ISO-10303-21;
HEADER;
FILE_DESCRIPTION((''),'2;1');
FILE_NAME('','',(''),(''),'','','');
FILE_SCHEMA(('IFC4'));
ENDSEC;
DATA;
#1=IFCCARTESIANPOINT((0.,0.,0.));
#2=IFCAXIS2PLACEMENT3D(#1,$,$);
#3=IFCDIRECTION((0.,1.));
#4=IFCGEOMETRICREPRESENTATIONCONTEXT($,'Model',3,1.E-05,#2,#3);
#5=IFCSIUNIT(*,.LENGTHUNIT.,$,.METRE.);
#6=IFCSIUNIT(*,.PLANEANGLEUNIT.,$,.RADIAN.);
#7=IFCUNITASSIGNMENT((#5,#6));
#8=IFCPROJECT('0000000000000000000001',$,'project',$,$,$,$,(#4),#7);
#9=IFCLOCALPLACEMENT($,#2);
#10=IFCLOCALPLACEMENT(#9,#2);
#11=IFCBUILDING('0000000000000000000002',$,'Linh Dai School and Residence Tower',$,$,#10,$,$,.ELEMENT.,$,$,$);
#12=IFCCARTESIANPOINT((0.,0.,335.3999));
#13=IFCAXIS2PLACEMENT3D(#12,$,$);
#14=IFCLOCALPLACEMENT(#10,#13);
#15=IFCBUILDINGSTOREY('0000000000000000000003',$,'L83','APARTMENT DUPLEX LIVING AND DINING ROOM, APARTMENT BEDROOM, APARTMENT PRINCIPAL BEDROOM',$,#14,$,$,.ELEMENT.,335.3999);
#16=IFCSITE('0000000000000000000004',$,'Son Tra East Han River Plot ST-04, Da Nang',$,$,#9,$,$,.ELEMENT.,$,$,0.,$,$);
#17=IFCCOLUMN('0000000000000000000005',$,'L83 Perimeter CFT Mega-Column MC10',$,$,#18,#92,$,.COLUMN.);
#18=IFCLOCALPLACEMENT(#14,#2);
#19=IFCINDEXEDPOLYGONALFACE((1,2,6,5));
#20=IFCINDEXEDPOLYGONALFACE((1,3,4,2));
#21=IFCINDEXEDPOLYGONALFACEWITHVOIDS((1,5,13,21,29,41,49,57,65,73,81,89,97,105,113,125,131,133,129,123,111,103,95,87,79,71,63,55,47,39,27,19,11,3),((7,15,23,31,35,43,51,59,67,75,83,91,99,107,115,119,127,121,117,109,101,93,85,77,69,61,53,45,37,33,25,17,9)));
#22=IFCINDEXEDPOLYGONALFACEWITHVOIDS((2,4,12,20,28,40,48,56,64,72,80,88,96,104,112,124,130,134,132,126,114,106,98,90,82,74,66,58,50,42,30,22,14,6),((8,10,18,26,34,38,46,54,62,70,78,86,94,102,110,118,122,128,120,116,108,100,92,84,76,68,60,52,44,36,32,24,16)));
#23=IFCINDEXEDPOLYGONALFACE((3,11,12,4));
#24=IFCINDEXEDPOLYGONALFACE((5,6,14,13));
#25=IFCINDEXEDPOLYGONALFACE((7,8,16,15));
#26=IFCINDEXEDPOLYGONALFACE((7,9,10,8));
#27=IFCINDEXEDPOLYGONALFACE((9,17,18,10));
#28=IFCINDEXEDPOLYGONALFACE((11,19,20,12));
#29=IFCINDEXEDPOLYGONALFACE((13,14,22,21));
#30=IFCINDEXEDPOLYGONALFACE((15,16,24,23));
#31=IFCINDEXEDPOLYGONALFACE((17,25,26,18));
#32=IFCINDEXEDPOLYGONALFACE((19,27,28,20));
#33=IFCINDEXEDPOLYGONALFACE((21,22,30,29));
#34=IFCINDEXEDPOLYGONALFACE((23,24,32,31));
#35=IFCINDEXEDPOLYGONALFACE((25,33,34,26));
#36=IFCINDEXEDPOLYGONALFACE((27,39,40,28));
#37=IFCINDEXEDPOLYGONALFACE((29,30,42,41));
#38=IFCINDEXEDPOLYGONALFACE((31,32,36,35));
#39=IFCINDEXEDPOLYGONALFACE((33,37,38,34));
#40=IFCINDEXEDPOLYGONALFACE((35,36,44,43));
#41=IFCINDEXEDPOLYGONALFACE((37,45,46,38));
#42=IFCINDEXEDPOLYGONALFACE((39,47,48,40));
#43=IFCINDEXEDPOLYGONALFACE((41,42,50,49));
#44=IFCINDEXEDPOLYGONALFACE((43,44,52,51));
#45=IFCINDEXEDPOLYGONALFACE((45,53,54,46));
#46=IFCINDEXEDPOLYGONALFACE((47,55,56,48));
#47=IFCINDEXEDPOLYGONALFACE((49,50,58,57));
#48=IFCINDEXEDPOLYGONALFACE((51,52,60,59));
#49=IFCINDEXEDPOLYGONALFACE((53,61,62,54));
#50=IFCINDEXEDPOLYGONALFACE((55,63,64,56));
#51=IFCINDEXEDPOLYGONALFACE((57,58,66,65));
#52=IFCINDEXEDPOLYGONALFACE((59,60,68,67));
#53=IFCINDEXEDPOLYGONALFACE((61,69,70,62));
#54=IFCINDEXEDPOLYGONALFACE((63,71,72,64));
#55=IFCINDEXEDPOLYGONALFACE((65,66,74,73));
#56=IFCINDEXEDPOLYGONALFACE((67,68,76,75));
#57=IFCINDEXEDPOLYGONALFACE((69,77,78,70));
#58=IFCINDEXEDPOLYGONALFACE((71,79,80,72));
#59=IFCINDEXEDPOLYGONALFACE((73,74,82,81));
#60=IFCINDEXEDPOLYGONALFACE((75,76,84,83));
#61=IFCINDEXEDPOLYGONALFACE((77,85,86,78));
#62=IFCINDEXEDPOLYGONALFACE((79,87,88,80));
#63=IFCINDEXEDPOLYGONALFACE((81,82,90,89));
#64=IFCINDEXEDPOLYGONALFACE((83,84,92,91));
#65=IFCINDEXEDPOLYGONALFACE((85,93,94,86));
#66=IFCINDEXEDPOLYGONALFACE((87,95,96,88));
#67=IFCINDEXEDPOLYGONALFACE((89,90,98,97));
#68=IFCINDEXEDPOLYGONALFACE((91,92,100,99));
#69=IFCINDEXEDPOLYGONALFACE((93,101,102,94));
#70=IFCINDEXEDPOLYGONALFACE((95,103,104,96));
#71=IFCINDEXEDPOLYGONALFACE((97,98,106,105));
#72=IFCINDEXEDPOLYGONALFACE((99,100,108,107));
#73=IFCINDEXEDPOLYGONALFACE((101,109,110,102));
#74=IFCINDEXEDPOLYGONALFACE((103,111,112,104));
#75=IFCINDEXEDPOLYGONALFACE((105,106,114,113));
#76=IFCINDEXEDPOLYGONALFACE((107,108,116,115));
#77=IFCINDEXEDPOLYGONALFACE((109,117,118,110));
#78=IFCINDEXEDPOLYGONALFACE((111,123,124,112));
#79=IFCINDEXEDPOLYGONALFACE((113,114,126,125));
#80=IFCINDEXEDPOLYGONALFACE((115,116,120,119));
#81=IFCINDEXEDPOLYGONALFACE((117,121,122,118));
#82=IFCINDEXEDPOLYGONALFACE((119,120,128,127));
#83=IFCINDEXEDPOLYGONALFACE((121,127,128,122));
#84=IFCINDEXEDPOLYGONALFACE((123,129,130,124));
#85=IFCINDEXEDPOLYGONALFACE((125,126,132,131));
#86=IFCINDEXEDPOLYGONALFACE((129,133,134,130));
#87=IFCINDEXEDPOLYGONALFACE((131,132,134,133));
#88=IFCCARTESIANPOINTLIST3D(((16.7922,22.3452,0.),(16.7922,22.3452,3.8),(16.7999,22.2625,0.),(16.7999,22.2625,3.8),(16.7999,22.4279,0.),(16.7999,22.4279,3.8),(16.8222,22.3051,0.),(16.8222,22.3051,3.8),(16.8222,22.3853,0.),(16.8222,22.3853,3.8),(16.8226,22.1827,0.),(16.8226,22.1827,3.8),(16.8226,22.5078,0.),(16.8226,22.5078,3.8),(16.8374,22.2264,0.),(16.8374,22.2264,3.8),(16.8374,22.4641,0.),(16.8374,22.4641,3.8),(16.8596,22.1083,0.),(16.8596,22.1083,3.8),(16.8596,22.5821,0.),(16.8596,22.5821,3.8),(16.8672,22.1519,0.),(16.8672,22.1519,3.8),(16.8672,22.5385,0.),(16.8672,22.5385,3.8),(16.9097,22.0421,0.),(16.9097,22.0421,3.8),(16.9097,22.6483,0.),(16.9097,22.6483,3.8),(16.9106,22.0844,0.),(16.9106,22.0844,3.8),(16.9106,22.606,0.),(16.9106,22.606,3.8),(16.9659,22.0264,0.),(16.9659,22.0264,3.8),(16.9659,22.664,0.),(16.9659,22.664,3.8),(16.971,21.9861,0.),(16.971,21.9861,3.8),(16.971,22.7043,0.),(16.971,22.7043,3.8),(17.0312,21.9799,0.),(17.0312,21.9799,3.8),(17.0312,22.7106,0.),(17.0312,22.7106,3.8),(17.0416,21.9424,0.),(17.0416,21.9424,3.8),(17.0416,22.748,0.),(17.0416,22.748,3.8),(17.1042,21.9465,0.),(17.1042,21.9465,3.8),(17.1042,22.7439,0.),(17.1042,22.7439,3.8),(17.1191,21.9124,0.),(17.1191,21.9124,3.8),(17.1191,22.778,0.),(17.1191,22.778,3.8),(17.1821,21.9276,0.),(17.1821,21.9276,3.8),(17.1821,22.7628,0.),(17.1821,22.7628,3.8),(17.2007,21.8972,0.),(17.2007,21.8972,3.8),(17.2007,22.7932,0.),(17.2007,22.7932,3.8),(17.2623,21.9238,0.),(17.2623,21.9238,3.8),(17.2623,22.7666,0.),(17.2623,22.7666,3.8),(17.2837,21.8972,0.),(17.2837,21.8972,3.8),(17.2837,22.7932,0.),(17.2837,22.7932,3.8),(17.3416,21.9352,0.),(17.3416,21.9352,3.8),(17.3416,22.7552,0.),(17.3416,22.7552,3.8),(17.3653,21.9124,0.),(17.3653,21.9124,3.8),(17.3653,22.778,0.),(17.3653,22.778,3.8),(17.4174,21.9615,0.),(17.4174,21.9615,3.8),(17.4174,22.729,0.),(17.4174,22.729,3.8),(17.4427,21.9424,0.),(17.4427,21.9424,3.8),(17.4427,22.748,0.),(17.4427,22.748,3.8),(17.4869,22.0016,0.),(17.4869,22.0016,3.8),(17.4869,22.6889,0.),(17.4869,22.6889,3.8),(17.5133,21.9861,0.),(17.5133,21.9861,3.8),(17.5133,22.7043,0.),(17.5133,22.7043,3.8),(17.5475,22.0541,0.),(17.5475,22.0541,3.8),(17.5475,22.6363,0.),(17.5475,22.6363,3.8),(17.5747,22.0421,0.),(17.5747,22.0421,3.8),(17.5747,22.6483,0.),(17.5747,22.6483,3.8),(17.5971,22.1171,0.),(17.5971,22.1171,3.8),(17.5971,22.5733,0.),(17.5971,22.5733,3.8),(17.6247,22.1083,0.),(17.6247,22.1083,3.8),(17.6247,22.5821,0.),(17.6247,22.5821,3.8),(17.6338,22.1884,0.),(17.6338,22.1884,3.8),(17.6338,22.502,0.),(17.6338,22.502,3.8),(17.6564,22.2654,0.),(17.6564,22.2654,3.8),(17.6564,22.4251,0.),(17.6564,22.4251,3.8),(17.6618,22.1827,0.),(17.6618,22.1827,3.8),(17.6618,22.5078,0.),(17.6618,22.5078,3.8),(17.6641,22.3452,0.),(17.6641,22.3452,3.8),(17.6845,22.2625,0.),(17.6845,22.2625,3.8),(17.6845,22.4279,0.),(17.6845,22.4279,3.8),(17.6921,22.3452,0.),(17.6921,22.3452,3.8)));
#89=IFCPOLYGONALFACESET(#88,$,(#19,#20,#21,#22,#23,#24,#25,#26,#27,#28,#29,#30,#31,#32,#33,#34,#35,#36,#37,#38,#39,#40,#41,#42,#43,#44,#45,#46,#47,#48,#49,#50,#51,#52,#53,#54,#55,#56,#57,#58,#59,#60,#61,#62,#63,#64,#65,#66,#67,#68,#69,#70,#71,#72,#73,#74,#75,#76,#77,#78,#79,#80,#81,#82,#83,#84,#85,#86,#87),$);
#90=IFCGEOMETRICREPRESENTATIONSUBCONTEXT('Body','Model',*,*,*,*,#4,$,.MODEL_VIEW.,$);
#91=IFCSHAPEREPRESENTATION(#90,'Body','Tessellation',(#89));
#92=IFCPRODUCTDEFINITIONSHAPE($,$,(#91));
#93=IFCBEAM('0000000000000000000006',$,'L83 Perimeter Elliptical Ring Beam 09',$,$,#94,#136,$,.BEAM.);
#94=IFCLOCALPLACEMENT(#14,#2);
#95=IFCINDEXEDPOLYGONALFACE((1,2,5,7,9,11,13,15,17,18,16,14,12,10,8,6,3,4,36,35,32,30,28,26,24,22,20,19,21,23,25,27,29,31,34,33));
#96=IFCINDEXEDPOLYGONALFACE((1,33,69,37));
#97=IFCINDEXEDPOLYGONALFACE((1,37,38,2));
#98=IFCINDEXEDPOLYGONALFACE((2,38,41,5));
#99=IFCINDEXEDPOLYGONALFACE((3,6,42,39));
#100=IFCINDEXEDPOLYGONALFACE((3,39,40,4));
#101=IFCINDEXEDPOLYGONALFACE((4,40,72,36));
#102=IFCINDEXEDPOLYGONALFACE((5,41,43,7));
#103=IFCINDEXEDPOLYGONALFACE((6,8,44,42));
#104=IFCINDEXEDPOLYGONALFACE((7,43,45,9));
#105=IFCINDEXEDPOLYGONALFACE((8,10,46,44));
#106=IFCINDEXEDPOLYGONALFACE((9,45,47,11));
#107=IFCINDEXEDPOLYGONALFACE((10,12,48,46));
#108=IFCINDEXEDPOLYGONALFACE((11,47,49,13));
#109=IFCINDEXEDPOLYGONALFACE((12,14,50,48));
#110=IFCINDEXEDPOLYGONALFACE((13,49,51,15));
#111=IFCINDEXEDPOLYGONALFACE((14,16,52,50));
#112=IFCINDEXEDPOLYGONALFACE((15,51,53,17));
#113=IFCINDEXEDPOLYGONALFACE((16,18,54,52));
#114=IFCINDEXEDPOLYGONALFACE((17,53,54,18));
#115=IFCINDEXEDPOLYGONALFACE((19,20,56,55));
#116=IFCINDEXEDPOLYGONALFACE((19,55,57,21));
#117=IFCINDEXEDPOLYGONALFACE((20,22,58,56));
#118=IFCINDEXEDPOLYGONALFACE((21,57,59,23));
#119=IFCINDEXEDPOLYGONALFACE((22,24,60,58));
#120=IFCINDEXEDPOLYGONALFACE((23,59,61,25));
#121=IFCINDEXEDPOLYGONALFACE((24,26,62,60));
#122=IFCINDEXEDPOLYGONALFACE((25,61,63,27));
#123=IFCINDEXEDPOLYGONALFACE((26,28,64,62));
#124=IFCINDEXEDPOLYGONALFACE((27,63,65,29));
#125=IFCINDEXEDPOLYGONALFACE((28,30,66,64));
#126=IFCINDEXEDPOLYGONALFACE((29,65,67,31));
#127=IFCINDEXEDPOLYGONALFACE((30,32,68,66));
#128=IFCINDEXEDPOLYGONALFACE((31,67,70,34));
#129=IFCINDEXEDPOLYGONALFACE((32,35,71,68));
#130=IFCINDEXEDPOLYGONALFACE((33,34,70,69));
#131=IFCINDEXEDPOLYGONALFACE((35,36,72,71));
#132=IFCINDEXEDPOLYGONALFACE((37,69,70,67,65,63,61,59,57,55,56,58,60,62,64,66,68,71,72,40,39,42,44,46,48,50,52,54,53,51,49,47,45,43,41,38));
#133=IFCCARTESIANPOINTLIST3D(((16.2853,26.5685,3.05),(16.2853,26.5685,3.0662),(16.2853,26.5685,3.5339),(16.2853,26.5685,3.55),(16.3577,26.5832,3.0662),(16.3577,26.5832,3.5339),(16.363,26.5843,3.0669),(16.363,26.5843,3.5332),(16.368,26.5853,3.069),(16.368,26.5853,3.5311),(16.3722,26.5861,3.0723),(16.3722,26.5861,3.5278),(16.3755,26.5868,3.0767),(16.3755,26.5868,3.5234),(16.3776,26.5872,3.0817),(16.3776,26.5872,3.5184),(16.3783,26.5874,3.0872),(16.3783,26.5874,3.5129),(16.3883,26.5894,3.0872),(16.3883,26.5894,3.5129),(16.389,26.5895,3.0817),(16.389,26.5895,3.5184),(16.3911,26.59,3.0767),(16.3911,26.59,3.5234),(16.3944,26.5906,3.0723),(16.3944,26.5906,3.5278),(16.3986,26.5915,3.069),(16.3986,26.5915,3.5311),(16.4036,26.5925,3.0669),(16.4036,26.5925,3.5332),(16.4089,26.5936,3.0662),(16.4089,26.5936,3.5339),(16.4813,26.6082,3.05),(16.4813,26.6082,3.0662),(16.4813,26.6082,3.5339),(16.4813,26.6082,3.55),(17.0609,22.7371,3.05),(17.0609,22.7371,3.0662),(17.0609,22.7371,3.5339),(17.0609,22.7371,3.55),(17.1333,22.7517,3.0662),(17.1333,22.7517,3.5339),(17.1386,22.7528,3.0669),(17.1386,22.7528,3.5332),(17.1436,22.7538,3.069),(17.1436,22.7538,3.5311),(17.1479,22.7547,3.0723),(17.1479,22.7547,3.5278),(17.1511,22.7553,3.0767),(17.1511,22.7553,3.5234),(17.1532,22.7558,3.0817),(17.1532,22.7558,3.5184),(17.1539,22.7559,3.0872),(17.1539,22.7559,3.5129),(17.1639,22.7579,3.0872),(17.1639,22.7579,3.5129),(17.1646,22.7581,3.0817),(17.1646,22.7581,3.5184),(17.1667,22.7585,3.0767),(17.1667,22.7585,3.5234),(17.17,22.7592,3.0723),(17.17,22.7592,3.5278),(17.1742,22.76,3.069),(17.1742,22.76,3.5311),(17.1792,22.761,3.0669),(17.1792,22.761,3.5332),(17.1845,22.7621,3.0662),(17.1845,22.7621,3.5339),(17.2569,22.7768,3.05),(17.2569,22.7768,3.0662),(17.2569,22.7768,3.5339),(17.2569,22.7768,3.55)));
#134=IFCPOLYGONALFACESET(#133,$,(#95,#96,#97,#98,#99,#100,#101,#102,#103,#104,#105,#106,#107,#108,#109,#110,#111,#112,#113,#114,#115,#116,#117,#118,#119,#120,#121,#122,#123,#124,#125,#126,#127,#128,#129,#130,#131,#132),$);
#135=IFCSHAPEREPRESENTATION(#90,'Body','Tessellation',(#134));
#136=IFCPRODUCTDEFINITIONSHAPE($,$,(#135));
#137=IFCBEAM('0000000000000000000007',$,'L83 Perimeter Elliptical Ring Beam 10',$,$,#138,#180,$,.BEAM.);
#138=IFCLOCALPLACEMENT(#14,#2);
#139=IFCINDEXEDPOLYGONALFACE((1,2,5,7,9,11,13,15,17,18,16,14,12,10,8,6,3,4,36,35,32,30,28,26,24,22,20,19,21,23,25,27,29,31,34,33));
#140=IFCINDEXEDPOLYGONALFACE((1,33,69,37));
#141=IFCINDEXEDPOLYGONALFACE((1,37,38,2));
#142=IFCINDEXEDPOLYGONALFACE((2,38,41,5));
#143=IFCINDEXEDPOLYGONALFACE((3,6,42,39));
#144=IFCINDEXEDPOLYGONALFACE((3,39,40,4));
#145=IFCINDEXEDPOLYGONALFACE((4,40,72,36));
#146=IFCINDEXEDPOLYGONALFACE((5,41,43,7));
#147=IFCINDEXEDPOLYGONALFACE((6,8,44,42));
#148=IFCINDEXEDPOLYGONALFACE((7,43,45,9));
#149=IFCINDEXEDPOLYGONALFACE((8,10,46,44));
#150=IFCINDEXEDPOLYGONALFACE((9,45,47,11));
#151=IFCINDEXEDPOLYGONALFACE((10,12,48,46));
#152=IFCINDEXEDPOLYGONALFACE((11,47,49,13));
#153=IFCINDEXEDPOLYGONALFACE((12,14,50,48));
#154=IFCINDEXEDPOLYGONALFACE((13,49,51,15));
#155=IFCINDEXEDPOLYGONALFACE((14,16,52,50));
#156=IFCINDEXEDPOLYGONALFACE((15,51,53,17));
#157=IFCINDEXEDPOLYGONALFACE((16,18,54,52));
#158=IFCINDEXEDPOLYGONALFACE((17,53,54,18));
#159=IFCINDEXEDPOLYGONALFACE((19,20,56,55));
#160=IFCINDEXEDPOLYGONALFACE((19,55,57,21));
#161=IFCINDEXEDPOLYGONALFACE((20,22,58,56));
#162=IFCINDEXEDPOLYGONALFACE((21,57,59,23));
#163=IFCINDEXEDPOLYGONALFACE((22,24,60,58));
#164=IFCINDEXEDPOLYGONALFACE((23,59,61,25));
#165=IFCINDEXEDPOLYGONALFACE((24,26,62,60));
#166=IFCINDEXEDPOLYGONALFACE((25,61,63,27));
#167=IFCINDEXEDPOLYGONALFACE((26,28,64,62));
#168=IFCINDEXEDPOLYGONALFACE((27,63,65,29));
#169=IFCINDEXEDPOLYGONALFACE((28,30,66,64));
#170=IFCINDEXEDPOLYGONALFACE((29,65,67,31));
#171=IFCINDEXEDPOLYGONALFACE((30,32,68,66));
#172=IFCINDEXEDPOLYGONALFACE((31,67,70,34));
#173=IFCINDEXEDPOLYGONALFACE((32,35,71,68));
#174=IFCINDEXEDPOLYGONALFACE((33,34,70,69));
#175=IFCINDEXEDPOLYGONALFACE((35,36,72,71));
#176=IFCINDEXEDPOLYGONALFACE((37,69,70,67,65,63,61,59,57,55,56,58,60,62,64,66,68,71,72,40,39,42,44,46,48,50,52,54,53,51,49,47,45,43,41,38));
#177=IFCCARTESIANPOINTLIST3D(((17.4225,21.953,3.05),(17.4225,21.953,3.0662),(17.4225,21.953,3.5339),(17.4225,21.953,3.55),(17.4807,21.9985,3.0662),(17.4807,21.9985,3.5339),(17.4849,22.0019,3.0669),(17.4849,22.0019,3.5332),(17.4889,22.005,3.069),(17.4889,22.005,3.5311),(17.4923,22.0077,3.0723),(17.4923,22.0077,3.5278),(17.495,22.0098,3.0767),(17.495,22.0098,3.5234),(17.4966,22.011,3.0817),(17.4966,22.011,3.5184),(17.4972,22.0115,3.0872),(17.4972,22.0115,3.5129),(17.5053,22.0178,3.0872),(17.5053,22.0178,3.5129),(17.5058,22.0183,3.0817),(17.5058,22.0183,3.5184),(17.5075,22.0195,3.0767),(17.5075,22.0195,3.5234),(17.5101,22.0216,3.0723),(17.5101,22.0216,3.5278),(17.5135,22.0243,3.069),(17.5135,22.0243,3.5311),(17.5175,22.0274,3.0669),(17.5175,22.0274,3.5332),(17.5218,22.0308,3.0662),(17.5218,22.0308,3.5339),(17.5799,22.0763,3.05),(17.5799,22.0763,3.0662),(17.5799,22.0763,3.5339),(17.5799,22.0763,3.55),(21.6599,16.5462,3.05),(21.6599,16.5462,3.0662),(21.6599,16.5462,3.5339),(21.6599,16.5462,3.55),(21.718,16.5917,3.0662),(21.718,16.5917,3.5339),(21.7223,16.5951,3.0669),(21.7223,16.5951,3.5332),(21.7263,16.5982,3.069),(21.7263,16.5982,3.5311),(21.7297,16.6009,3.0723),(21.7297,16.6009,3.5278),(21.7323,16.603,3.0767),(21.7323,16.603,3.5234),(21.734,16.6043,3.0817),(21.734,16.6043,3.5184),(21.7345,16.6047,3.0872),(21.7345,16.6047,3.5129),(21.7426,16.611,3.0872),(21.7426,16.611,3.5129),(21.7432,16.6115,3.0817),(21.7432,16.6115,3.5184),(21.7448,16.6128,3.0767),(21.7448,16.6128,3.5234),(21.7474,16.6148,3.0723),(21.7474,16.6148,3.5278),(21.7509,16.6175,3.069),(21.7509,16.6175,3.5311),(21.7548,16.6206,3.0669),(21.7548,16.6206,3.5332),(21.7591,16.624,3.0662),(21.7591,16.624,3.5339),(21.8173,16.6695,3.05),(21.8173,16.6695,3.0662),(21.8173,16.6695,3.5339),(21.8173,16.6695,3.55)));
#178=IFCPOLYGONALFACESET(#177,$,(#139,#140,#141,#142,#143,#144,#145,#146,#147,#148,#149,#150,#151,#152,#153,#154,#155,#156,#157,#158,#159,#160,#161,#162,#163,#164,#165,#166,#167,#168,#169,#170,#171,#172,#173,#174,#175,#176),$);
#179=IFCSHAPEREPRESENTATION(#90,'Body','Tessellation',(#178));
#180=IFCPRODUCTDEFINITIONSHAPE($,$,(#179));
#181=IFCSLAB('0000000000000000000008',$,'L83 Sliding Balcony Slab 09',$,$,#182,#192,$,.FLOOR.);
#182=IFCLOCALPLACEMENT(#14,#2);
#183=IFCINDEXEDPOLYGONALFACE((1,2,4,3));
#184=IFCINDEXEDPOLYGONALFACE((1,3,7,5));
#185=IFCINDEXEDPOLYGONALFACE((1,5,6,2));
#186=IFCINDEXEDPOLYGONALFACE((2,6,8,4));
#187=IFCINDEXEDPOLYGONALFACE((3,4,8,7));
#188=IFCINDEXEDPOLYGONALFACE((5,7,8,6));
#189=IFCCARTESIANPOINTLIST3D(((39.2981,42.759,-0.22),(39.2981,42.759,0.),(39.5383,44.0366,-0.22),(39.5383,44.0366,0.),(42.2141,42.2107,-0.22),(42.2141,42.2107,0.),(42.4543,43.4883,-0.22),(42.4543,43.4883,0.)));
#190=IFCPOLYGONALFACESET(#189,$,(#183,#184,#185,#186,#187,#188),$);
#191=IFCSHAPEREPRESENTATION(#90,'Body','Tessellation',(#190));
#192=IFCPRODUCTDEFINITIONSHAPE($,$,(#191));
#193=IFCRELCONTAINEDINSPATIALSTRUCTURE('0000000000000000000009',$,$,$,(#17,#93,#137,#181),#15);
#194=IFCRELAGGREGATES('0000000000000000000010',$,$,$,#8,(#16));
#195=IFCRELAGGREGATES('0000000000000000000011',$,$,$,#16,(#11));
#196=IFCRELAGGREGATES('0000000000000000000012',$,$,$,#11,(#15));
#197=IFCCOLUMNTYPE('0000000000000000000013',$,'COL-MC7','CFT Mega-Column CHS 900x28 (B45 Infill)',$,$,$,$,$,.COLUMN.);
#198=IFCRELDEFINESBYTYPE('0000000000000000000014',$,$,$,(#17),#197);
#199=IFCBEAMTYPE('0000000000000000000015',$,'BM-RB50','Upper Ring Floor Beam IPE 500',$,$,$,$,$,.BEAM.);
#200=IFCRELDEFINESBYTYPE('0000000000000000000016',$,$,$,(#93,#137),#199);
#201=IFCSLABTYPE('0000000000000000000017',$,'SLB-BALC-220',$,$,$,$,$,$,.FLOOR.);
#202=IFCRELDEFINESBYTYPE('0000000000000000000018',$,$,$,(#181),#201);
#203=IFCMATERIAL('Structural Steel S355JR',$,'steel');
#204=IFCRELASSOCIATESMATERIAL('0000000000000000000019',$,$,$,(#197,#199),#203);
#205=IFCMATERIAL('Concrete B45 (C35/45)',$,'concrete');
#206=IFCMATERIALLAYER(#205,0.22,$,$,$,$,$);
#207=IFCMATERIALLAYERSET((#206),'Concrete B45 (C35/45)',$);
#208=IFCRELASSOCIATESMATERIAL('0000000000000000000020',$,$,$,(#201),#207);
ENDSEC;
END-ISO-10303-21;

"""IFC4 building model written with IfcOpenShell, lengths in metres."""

from ifc_helpers import new_model, si_unit, direction, frame, origin, origin_2d, place, context, subcontext, project, spatial, polyline, hollow_circle, i_section, outline, extrude, material, layer, layer_set, material_profile, profile_set, type_object, element, save


model = new_model("IFC4")

# Units and contexts
model_context = context("Model", 3, precision=1e-05, world=origin(), true_north=direction((0.0, 1.0)))
body_context = subcontext(model_context, "Body", "Model", "MODEL_VIEW")
ifc_project = project(units=[si_unit("LENGTHUNIT", "METRE"), si_unit("PLANEANGLEUNIT", "RADIAN")], contexts=[model_context])

# Site, building, storey
site_placement = place(None, origin())
site = spatial("IfcSite", under=ifc_project, at=site_placement, Name="Son Tra East Han River Plot ST-04, Da Nang", CompositionType="ELEMENT", RefElevation=0.0)
building_placement = place(site_placement, origin())
building = spatial("IfcBuilding", under=site, at=building_placement, Name="Linh Dai School and Residence Tower", CompositionType="ELEMENT")
storey_placement = place(building_placement, frame((0.0, 0.0, 335.3999)))
storey = spatial("IfcBuildingStorey", under=building, at=storey_placement, Name="L83", Description="APARTMENT DUPLEX LIVING AND DINING ROOM, APARTMENT BEDROOM, APARTMENT PRINCIPAL BEDROOM", CompositionType="ELEMENT", Elevation=335.3999)

# Column
ifc_material_1 = material(Name="Structural Steel S355JR", Category="steel")
ifc_material_profile_1 = material_profile(ifc_material_1, hollow_circle(Radius=0.45, WallThickness=0.0281, at=origin_2d()), Name="CHS 900x28")
ifc_profile_set_1 = profile_set([ifc_material_profile_1], Name="Structural Steel S355JR")
column_type = type_object("IfcColumnType", Name="COL-MC7", Description="CFT Mega-Column CHS 900x28 (B45 Infill)", PredefinedType="COLUMN", material=ifc_profile_set_1)
column_placement = place(storey_placement, frame((17.2422, 22.3452, 0.0), z_axis=(0.0, 0.0, 1.0), x_axis=(1.0, 0.0, 0.0)))
element("IfcColumn", 1, at=column_placement, inside=storey, type_object=column_type, Name="L83 Perimeter CFT Mega-Column MC10", PredefinedType="COLUMN", context=body_context, shape_type="SweptSolid", body=[
    extrude(hollow_circle(Radius=0.45, WallThickness=0.0281, at=origin_2d()), origin(), (0.0, 0.0, 1.0), 3.8),
])

# Beams
ifc_material_profile_2 = material_profile(ifc_material_1, i_section(OverallWidth=0.2, OverallDepth=0.5, WebThickness=0.0103, FlangeThickness=0.0161, FilletRadius=0.021, at=origin_2d()), Name="IPE 500")
ifc_profile_set_2 = profile_set([ifc_material_profile_2], Name="Structural Steel S355JR")
beam_type = type_object("IfcBeamType", Name="BM-RB50", Description="Upper Ring Floor Beam IPE 500", PredefinedType="BEAM", material=ifc_profile_set_2)
beam_1_placement = place(storey_placement, frame((16.3833, 26.5884, 3.3), z_axis=(0.19841, -0.980119, 0.0), x_axis=(0.980119, 0.19841, 0.0)))
element("IfcBeam", 2, at=beam_1_placement, inside=storey, type_object=beam_type, Name="L83 Perimeter Elliptical Ring Beam 09", PredefinedType="BEAM", context=body_context, shape_type="SweptSolid", body=[
    extrude(i_section(OverallWidth=0.2, OverallDepth=0.5, WebThickness=0.0103, FlangeThickness=0.0161, FilletRadius=0.021, at=origin_2d()), origin(), (0.0, 0.0, 1.0), 3.9092),
])
beam_2_placement = place(storey_placement, frame((17.5012, 22.0146, 3.3), z_axis=(0.616845, -0.787085, 0.0), x_axis=(0.787085, 0.616845, 0.0)))
element("IfcBeam", 3, at=beam_2_placement, inside=storey, type_object=beam_type, Name="L83 Perimeter Elliptical Ring Beam 10", PredefinedType="BEAM", context=body_context, shape_type="SweptSolid", body=[
    extrude(i_section(OverallWidth=0.2, OverallDepth=0.5, WebThickness=0.0103, FlangeThickness=0.0161, FilletRadius=0.021, at=origin_2d()), origin(), (0.0, 0.0, 1.0), 6.8694),
])

# Slab
ifc_material_2 = material(Name="Concrete B45 (C35/45)", Category="concrete")
ifc_layer_1 = layer(ifc_material_2, 0.22)
ifc_layer_set_1 = layer_set([ifc_layer_1], Name="Concrete B45 (C35/45)")
slab_type_1 = type_object("IfcSlabType", Name="SLB-BALC-220", PredefinedType="FLOOR", material=ifc_layer_set_1)
slab_1_placement = place(storey_placement, frame((0.0, 0.0, -0.22)))
element("IfcSlab", 4, at=slab_1_placement, inside=storey, type_object=slab_type_1, Name="L83 Sliding Balcony Slab 09", PredefinedType="FLOOR", context=body_context, shape_type="SweptSolid", body=[
    extrude(outline(polyline([(39.2981, 42.759), (42.2141, 42.2107), (42.4543, 43.4883), (39.5383, 44.0366), (39.2981, 42.759)])), origin(), (0.0, 0.0, 1.0), 0.22),
])

save(model, "model.ifc")
